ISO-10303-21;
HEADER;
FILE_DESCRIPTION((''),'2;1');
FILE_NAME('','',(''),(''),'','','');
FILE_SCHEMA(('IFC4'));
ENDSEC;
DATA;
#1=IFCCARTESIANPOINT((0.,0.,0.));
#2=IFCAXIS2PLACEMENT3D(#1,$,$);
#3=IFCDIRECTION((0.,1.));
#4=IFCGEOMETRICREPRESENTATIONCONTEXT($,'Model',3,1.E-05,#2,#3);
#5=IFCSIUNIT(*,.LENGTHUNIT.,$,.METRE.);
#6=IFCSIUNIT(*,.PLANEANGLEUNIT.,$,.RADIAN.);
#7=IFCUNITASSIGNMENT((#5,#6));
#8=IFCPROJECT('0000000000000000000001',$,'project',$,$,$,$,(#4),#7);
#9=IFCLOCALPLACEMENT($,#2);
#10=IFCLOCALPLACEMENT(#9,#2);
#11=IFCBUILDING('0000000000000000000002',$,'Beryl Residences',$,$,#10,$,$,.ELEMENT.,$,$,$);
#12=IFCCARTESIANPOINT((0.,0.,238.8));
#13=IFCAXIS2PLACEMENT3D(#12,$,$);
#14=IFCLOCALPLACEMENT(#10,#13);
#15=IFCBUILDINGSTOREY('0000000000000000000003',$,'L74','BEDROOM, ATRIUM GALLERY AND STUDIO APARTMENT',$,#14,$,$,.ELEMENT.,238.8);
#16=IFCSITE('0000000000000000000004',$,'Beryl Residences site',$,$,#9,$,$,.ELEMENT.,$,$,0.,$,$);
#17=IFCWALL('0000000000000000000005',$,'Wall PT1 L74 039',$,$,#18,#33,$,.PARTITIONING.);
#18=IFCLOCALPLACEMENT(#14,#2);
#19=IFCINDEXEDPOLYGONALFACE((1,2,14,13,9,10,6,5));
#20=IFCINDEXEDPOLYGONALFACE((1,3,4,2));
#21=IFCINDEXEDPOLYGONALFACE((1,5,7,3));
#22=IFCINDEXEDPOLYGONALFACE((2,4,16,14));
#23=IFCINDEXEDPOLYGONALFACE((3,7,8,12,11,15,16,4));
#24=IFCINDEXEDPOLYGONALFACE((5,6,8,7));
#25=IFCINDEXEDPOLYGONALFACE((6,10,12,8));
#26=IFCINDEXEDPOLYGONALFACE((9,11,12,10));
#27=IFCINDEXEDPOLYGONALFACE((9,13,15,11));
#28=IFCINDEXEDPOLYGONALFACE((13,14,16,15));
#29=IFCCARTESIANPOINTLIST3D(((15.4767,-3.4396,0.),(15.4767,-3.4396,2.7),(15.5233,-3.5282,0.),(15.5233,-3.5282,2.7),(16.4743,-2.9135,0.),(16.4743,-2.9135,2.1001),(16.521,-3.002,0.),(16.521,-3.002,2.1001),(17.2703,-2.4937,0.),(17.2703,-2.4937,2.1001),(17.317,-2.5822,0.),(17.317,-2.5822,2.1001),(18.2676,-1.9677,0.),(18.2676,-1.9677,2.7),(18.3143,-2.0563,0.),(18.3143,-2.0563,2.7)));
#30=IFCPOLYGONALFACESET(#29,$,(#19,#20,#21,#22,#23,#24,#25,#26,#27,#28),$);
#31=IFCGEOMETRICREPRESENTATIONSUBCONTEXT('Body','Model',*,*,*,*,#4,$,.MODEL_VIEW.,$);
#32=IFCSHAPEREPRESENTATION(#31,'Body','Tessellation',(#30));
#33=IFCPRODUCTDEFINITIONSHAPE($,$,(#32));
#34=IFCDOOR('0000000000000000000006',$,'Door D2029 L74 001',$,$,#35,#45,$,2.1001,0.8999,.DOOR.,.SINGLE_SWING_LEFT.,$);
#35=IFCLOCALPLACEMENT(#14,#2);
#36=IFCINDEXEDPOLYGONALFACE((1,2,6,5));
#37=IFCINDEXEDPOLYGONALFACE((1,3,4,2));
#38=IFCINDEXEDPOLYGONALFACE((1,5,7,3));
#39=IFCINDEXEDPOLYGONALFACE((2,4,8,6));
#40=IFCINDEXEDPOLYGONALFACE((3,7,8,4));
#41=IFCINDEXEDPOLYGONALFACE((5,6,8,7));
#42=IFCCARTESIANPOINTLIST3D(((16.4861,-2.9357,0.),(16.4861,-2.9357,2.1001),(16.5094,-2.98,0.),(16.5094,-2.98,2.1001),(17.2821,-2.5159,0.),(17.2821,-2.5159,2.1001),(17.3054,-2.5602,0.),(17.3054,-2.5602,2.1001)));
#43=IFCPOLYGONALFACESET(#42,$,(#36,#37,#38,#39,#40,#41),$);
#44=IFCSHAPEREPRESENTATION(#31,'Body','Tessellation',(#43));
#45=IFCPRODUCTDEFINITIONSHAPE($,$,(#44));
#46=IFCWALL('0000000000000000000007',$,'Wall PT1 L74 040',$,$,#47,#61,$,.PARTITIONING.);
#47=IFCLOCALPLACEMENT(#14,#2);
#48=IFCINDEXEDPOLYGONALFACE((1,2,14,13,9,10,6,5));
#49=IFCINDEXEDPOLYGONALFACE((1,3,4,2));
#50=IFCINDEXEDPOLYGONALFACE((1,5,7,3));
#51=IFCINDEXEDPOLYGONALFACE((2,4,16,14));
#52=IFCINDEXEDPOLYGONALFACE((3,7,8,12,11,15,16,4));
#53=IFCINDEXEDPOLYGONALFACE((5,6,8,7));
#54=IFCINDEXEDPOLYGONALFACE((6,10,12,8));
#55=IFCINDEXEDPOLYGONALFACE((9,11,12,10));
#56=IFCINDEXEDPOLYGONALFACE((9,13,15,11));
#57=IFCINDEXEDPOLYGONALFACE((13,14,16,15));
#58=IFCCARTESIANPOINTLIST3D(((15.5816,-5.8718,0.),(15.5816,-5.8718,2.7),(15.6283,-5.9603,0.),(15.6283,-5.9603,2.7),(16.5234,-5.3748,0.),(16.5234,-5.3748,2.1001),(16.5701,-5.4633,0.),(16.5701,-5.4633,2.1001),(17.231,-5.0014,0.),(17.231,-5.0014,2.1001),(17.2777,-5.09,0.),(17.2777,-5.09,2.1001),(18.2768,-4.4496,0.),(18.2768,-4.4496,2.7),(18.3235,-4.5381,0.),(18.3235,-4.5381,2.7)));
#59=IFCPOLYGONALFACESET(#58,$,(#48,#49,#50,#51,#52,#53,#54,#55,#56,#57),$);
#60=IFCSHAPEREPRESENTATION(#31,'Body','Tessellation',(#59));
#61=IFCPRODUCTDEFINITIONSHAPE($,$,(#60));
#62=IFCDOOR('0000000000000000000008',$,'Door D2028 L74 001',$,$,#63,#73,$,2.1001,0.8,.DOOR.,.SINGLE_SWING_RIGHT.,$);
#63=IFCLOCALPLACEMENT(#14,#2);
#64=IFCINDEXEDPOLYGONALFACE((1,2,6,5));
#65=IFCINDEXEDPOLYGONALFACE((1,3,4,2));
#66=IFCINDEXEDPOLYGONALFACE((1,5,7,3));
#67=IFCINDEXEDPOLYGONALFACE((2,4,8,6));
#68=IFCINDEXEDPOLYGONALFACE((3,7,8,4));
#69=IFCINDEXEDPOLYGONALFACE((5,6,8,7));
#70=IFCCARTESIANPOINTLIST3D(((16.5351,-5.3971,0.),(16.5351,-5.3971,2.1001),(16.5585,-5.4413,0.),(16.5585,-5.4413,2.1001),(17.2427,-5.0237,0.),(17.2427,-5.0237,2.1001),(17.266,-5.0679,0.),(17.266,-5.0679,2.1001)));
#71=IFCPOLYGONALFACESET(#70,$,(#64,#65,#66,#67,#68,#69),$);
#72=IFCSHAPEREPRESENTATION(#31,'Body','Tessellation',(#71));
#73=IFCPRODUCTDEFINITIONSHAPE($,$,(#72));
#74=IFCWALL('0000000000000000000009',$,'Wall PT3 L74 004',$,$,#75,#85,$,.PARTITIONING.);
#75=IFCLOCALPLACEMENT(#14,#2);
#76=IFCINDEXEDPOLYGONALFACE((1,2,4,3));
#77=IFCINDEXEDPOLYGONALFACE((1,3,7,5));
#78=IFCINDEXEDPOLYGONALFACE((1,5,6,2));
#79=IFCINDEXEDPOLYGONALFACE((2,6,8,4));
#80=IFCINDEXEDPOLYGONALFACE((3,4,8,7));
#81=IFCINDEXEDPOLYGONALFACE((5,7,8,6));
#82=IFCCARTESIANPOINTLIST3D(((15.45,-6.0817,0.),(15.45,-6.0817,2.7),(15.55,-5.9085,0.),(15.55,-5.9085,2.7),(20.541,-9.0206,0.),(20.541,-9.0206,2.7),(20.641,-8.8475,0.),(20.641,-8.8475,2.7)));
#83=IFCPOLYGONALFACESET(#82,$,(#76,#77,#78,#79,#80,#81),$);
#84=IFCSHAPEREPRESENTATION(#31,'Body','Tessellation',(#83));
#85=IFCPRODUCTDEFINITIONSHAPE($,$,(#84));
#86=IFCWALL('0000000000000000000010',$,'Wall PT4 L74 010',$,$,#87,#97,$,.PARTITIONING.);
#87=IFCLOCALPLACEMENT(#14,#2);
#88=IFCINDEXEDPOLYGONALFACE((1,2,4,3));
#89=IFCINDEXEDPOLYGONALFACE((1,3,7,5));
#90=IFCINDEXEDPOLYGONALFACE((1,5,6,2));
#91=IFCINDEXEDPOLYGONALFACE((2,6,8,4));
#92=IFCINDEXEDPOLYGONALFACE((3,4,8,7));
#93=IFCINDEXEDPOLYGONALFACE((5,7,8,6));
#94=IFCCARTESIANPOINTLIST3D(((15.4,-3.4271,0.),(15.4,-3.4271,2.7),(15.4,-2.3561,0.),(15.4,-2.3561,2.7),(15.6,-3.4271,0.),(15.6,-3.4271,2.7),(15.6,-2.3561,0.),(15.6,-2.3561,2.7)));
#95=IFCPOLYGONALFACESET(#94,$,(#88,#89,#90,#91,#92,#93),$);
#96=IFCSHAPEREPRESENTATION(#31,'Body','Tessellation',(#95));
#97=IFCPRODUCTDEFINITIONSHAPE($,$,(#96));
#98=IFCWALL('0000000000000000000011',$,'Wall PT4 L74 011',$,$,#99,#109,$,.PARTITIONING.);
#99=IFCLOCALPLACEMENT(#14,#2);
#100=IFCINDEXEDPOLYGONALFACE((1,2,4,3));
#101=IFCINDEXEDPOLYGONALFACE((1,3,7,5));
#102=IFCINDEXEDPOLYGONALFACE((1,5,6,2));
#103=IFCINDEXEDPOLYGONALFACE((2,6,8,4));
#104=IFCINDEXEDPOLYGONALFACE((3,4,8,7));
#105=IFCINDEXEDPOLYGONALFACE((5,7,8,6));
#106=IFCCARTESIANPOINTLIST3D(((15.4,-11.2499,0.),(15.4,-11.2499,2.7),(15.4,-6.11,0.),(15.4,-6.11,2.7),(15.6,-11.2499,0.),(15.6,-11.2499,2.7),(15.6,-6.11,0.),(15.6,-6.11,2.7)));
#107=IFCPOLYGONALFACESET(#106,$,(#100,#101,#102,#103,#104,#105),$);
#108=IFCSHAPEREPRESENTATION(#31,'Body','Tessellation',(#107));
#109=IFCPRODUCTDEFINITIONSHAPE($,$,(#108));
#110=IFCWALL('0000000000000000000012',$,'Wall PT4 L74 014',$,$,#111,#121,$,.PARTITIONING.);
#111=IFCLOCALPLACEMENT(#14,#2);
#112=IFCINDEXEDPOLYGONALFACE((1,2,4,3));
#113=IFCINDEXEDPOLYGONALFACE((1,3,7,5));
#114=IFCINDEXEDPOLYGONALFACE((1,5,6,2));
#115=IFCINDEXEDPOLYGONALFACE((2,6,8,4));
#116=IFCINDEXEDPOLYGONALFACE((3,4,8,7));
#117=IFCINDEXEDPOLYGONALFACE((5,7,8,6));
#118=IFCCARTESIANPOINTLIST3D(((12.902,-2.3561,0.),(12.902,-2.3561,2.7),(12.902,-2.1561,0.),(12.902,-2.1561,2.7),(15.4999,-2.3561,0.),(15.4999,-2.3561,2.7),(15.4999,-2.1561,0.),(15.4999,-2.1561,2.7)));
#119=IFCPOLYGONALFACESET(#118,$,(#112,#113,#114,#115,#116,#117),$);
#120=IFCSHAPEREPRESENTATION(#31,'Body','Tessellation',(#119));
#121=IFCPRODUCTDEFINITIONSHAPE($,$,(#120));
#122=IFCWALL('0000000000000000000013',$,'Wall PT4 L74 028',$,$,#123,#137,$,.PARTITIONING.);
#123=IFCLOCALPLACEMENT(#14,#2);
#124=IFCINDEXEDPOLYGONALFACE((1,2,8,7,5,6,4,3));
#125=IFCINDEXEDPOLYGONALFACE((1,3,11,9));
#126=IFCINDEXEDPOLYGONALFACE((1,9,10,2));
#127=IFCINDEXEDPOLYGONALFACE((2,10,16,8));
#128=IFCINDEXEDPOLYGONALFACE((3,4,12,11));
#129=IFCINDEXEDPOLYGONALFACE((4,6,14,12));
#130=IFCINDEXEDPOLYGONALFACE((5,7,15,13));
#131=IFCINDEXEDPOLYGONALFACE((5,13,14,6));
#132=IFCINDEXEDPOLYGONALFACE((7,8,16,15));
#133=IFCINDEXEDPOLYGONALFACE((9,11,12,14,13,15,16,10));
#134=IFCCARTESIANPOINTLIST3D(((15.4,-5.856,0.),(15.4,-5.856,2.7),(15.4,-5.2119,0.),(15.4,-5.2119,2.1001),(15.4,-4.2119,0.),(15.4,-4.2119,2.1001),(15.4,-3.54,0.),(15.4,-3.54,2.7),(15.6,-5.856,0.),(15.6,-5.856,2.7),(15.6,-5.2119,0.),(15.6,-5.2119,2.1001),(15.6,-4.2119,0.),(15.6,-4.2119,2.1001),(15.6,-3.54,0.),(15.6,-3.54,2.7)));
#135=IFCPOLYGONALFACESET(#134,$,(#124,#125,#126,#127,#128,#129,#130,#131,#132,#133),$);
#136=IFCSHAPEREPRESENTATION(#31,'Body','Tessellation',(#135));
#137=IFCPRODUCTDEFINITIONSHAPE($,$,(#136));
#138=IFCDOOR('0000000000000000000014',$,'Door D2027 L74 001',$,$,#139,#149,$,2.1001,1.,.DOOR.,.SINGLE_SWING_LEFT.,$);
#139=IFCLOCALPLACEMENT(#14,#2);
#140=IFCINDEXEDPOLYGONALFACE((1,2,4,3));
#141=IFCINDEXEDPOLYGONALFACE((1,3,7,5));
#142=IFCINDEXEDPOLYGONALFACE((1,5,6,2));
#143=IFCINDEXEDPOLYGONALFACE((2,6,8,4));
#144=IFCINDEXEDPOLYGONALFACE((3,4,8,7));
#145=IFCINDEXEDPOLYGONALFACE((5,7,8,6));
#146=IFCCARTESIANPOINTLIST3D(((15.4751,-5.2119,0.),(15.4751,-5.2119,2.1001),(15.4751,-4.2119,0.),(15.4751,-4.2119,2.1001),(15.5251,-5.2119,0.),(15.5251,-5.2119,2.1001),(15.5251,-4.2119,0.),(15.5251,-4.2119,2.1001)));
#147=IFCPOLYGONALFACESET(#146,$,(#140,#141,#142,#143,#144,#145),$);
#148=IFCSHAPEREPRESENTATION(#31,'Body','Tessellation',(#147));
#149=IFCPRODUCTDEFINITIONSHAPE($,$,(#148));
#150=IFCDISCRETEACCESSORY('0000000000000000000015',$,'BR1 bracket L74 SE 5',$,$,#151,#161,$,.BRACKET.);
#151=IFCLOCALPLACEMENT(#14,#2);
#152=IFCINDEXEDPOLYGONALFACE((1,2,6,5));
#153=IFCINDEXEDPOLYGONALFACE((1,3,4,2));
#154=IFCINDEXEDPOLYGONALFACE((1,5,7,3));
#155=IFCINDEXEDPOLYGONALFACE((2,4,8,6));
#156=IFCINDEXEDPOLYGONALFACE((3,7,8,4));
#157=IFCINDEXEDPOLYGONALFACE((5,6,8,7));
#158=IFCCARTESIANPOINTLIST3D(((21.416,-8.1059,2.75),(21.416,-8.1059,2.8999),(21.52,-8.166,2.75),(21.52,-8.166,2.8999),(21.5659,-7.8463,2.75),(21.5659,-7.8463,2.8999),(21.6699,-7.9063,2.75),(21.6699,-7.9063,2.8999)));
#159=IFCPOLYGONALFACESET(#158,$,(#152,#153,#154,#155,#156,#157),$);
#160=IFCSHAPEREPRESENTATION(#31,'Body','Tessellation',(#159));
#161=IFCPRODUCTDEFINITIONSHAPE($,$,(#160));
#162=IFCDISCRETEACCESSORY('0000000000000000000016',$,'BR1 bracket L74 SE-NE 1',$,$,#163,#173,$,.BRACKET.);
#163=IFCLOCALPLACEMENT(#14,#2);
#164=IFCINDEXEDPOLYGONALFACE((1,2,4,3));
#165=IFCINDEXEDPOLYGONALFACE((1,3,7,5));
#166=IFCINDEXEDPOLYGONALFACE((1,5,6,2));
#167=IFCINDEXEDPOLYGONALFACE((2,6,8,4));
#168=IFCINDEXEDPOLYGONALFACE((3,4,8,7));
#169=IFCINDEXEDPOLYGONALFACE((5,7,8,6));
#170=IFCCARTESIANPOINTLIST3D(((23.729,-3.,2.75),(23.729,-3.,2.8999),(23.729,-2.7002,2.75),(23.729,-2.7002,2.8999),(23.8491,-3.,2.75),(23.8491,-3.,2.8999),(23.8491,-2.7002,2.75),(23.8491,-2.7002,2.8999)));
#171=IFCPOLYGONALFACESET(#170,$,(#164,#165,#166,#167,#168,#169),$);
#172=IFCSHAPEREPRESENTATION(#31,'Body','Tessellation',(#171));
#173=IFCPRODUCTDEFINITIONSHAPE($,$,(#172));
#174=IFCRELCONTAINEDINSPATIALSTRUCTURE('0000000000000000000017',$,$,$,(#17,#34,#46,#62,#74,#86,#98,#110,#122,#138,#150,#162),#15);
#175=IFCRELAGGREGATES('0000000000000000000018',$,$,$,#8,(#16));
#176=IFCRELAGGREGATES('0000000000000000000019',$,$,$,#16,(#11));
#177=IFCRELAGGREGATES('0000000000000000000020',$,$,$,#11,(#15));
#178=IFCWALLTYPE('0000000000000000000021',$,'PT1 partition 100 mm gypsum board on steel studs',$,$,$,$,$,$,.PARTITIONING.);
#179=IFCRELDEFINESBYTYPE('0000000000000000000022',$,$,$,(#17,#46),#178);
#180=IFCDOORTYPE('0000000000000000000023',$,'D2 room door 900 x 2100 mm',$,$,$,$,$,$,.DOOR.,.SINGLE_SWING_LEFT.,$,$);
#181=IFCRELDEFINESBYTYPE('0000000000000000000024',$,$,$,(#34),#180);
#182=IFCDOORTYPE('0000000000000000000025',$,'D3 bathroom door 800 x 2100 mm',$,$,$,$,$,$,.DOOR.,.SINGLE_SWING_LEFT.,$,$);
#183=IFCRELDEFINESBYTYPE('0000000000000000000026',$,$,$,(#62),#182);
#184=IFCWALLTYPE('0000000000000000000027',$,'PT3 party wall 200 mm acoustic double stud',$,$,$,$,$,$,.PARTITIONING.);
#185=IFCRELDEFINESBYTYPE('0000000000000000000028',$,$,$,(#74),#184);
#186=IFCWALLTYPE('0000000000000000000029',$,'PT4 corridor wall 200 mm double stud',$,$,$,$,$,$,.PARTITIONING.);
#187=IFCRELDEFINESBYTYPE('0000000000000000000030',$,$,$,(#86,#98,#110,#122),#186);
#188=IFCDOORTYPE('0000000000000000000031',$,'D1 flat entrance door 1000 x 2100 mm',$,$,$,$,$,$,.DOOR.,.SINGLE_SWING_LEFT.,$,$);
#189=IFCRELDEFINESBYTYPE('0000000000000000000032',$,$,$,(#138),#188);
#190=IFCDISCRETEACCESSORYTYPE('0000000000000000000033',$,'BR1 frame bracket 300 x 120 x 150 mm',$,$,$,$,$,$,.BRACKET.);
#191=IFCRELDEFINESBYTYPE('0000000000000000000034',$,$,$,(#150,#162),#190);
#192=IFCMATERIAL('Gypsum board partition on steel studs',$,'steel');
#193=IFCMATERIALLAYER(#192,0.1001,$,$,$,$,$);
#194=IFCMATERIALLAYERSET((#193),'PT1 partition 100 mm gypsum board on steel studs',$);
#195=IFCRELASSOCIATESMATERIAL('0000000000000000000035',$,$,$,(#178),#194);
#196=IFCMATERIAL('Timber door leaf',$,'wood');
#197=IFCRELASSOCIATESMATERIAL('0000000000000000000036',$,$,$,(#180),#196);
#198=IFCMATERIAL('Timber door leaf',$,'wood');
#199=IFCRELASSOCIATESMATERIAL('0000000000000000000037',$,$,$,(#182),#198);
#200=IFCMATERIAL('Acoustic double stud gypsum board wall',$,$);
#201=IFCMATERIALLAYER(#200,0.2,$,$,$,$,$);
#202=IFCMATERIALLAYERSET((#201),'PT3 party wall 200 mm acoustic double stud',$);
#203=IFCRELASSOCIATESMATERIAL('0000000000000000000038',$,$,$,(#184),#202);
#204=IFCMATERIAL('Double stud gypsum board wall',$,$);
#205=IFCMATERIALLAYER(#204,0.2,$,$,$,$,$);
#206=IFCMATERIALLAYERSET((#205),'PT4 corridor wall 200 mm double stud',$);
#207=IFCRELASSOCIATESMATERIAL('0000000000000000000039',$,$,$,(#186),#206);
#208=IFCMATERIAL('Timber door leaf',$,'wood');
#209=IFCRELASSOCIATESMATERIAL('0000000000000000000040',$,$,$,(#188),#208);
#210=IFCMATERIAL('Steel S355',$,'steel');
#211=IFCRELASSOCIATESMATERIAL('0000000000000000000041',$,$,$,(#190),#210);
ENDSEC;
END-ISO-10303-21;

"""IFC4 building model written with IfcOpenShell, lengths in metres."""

from ifc_helpers import new_model, si_unit, direction, frame, frame_2d, origin, place, context, subcontext, project, spatial, polyline, rectangle, outline, extrude, source, transform, mapped, material, layer, layer_set, type_object, type_shapes, element, fill, save


model = new_model("IFC4")

# Units and contexts
model_context = context("Model", 3, precision=1e-05, world=origin(), true_north=direction((0.0, 1.0)))
body_context = subcontext(model_context, "Body", "Model", "MODEL_VIEW")
ifc_project = project(units=[si_unit("LENGTHUNIT", "METRE"), si_unit("PLANEANGLEUNIT", "RADIAN")], contexts=[model_context])

# Site, building, storey
site_placement = place(None, origin())
site = spatial("IfcSite", under=ifc_project, at=site_placement, Name="Beryl Residences site", CompositionType="ELEMENT", RefElevation=0.0)
building_placement = place(site_placement, origin())
building = spatial("IfcBuilding", under=site, at=building_placement, Name="Beryl Residences", CompositionType="ELEMENT")
storey_placement = place(building_placement, frame((0.0, 0.0, 238.8)))
storey = spatial("IfcBuildingStorey", under=building, at=storey_placement, Name="L74", Description="BEDROOM, ATRIUM GALLERY AND STUDIO APARTMENT", CompositionType="ELEMENT", Elevation=238.8)

# Shared definitions
ifc_material_1 = material(Name="Gypsum board partition on steel studs", Category="steel")
ifc_layer_1 = layer(ifc_material_1, 0.1001)
ifc_layer_set_1 = layer_set([ifc_layer_1], Name="PT1 partition 100 mm gypsum board on steel studs")
wall_type_1 = type_object("IfcWallType", Name="PT1 partition 100 mm gypsum board on steel studs", PredefinedType="PARTITIONING", material=ifc_layer_set_1)
ifc_material_2 = material(Name="Timber door leaf", Category="wood")
door_type_1 = type_object("IfcDoorType", Name="D2 room door 900 x 2100 mm", OperationType="SINGLE_SWING_LEFT", PredefinedType="DOOR", material=ifc_material_2)

# Walls, openings, doors
wall_1_placement = place(storey_placement, frame((15.5, -3.4839, 0.0), z_axis=(0.0, 0.0, 1.0), x_axis=(0.88453, 0.466483, 0.0)))
wall_1 = element("IfcWall", 1, at=wall_1_placement, inside=storey, type_object=wall_type_1, Name="Wall PT1 L74 039", PredefinedType="PARTITIONING", context=body_context, shape_type="SweptSolid", body=[
    extrude(rectangle(XDim=3.1553, YDim=0.1001, at=frame_2d((1.5776, 0.0))), origin(), (0.0, 0.0, 1.0), 2.7),
])
opening_1_placement = place(wall_1_placement, frame((1.1279, 0.0, 0.0)))
opening_1 = element("IfcOpeningElement", 2, at=opening_1_placement, cuts=wall_1, PredefinedType="OPENING", context=body_context, shape_type="SweptSolid", body=[
    extrude(rectangle(XDim=0.8999, YDim=2.1001, at=frame_2d((0.45, 1.05))), frame((0.0, 0.0601, 0.0), z_axis=(0.0, -1.0, 0.0), x_axis=(1.0, 0.0, 0.0)), (0.0, 0.0, 1.0), 0.1201),
])
door_1_placement = place(opening_1_placement, origin())
door_1 = element("IfcDoor", 3, at=door_1_placement, inside=storey, type_object=door_type_1, Name="Door D2029 L74 001", OperationType="SINGLE_SWING_LEFT", OverallHeight=2.1001, OverallWidth=0.8999, PredefinedType="DOOR", context=body_context, shape_type="SweptSolid", body=[
    extrude(rectangle(XDim=0.8999, YDim=2.1001, at=frame_2d((0.45, 1.05))), frame((0.0, 0.0249, 0.0), z_axis=(0.0, -1.0, 0.0), x_axis=(1.0, 0.0, 0.0)), (0.0, 0.0, 1.0), 0.05),
])
fill(opening_1, door_1)
wall_2_placement = place(storey_placement, frame((15.605, -5.916, 0.0), z_axis=(0.0, 0.0, 1.0), x_axis=(0.884422, 0.466687, 0.0)))
wall_2 = element("IfcWall", 4, at=wall_2_placement, inside=storey, type_object=wall_type_1, Name="Wall PT1 L74 040", PredefinedType="PARTITIONING", context=body_context, shape_type="SweptSolid", body=[
    extrude(rectangle(XDim=3.0474, YDim=0.1001, at=frame_2d((1.5237, 0.0))), origin(), (0.0, 0.0, 1.0), 2.7),
])
opening_2_placement = place(wall_2_placement, frame((1.0649, 0.0, 0.0)))
opening_2 = element("IfcOpeningElement", 5, at=opening_2_placement, cuts=wall_2, PredefinedType="OPENING", context=body_context, shape_type="SweptSolid", body=[
    extrude(rectangle(XDim=0.8, YDim=2.1001, at=frame_2d((0.3999, 1.05))), frame((0.0, 0.0601, 0.0), z_axis=(0.0, -1.0, 0.0), x_axis=(1.0, 0.0, 0.0)), (0.0, 0.0, 1.0), 0.1201),
])
ifc_material_3 = material(Name="Timber door leaf", Category="wood")
door_type_2 = type_object("IfcDoorType", Name="D3 bathroom door 800 x 2100 mm", OperationType="SINGLE_SWING_LEFT", PredefinedType="DOOR", material=ifc_material_3)
door_2_placement = place(opening_2_placement, origin())
door_2 = element("IfcDoor", 6, at=door_2_placement, inside=storey, type_object=door_type_2, Name="Door D2028 L74 001", OperationType="SINGLE_SWING_RIGHT", OverallHeight=2.1001, OverallWidth=0.8, PredefinedType="DOOR", context=body_context, shape_type="SweptSolid", body=[
    extrude(rectangle(XDim=0.8, YDim=2.1001, at=frame_2d((0.3999, 1.05))), frame((0.0, 0.0249, 0.0), z_axis=(0.0, -1.0, 0.0), x_axis=(1.0, 0.0, 0.0)), (0.0, 0.0, 1.0), 0.05),
])
fill(opening_2, door_2)

# Walls
ifc_material_4 = material(Name="Acoustic double stud gypsum board wall")
ifc_layer_2 = layer(ifc_material_4, 0.2)
ifc_layer_set_2 = layer_set([ifc_layer_2], Name="PT3 party wall 200 mm acoustic double stud")
wall_type_2 = type_object("IfcWallType", Name="PT3 party wall 200 mm acoustic double stud", PredefinedType="PARTITIONING", material=ifc_layer_set_2)
wall_3_placement = place(storey_placement, frame((15.5, -5.9951, 0.0), z_axis=(0.0, 0.0, 1.0), x_axis=(0.866052, -0.499954, 0.0)))
element("IfcWall", 7, at=wall_3_placement, inside=storey, type_object=wall_type_2, Name="Wall PT3 L74 004", PredefinedType="PARTITIONING", context=body_context, shape_type="SweptSolid", body=[
    extrude(rectangle(XDim=5.8784, YDim=0.2, at=frame_2d((2.9392, 0.0))), origin(), (0.0, 0.0, 1.0), 2.7),
])
ifc_material_5 = material(Name="Double stud gypsum board wall")
ifc_layer_3 = layer(ifc_material_5, 0.2)
ifc_layer_set_3 = layer_set([ifc_layer_3], Name="PT4 corridor wall 200 mm double stud")
wall_type_3 = type_object("IfcWallType", Name="PT4 corridor wall 200 mm double stud", PredefinedType="PARTITIONING", material=ifc_layer_set_3)
wall_4_placement = place(storey_placement, frame((15.5, -2.356, 0.0), z_axis=(0.0, 0.0, 1.0), x_axis=(0.0, -1.0, 0.0)))
element("IfcWall", 8, at=wall_4_placement, inside=storey, type_object=wall_type_3, Name="Wall PT4 L74 010", PredefinedType="PARTITIONING", context=body_context, shape_type="SweptSolid", body=[
    extrude(rectangle(XDim=1.071, YDim=0.2, at=frame_2d((0.5356, 0.0))), origin(), (0.0, 0.0, 1.0), 2.7),
])
wall_5_placement = place(storey_placement, frame((15.5, -6.1101, 0.0), z_axis=(0.0, 0.0, 1.0), x_axis=(0.0, -1.0, 0.0)))
element("IfcWall", 9, at=wall_5_placement, inside=storey, type_object=wall_type_3, Name="Wall PT4 L74 011", PredefinedType="PARTITIONING", context=body_context, shape_type="SweptSolid", body=[
    extrude(rectangle(XDim=5.1399, YDim=0.2, at=frame_2d((2.5698, 0.0))), origin(), (0.0, 0.0, 1.0), 2.7),
])
wall_6_placement = place(storey_placement, frame((12.9021, -2.2561, 0.0), z_axis=(0.0, 0.0, 1.0), x_axis=(1.0, 0.0, 0.0)))
element("IfcWall", 10, at=wall_6_placement, inside=storey, type_object=wall_type_3, Name="Wall PT4 L74 014", PredefinedType="PARTITIONING", context=body_context, shape_type="SweptSolid", body=[
    extrude(rectangle(XDim=2.5979, YDim=0.2, at=frame_2d((1.2988, 0.0))), origin(), (0.0, 0.0, 1.0), 2.7),
])

# Wall, opening, door
wall_7_placement = place(storey_placement, frame((15.5, -5.856, 0.0), z_axis=(0.0, 0.0, 1.0), x_axis=(0.0, 1.0, 0.0)))
wall_7 = element("IfcWall", 11, at=wall_7_placement, inside=storey, type_object=wall_type_3, Name="Wall PT4 L74 028", PredefinedType="PARTITIONING", context=body_context, shape_type="SweptSolid", body=[
    extrude(rectangle(XDim=2.3159, YDim=0.2, at=frame_2d((1.158, 0.0))), origin(), (0.0, 0.0, 1.0), 2.7),
])
opening_3_placement = place(wall_7_placement, frame((0.644, 0.0, 0.0)))
opening_3 = element("IfcOpeningElement", 12, at=opening_3_placement, cuts=wall_7, PredefinedType="OPENING", context=body_context, shape_type="SweptSolid", body=[
    extrude(rectangle(XDim=1.0, YDim=2.1001, at=frame_2d((0.5, 1.05))), frame((0.0, 0.1099, 0.0), z_axis=(0.0, -1.0, 0.0), x_axis=(1.0, 0.0, 0.0)), (0.0, 0.0, 1.0), 0.22),
])
ifc_material_6 = material(Name="Timber door leaf", Category="wood")
door_type_3 = type_object("IfcDoorType", Name="D1 flat entrance door 1000 x 2100 mm", OperationType="SINGLE_SWING_LEFT", PredefinedType="DOOR", material=ifc_material_6)
door_3_placement = place(opening_3_placement, origin())
door_3 = element("IfcDoor", 13, at=door_3_placement, inside=storey, type_object=door_type_3, Name="Door D2027 L74 001", OperationType="SINGLE_SWING_LEFT", OverallHeight=2.1001, OverallWidth=1.0, PredefinedType="DOOR", context=body_context, shape_type="SweptSolid", body=[
    extrude(rectangle(XDim=1.0, YDim=2.1001, at=frame_2d((0.5, 1.05))), frame((0.0, 0.0249, 0.0), z_axis=(0.0, -1.0, 0.0), x_axis=(1.0, 0.0, 0.0)), (0.0, 0.0, 1.0), 0.05),
])
fill(opening_3, door_3)

# Discrete accessories
ifc_material_7 = material(Name="Steel S355", Category="steel")
discrete_accessory_type = type_object("IfcDiscreteAccessoryType", Name="BR1 frame bracket 300 x 120 x 150 mm", PredefinedType="BRACKET", material=ifc_material_7)
shared_shape_1 = source(origin(), body_context, "Body", "SweptSolid", [
    extrude(outline(polyline([(-0.1499, 0.0), (0.1499, 0.0), (0.1499, 0.1201), (-0.1499, 0.1201), (-0.1499, 0.0)])), origin(), (0.0, 0.0, 1.0), 0.1499),
])
type_shapes(discrete_accessory_type, [shared_shape_1])
for number, where, z_axis, x_axis, name in (
    (14, (21.491, -7.9761, 2.75), (0.0, 0.0, 1.0), (-0.5, -0.866025, 0.0), "BR1 bracket L74 SE 5"),
    (15, (23.729, -2.8501, 2.75), (0.0, 0.0, 1.0), (0.0, -1.0, 0.0), "BR1 bracket L74 SE-NE 1"),
):
    element("IfcDiscreteAccessory", number, at=place(storey_placement, frame(where, z_axis=z_axis, x_axis=x_axis)), inside=storey, type_object=discrete_accessory_type, Name=name, PredefinedType="BRACKET", context=body_context, shape_type="MappedRepresentation", body=[
        mapped(shared_shape_1, transform((0.0, 0.0, 0.0))),
    ])

save(model, "model.ifc")
